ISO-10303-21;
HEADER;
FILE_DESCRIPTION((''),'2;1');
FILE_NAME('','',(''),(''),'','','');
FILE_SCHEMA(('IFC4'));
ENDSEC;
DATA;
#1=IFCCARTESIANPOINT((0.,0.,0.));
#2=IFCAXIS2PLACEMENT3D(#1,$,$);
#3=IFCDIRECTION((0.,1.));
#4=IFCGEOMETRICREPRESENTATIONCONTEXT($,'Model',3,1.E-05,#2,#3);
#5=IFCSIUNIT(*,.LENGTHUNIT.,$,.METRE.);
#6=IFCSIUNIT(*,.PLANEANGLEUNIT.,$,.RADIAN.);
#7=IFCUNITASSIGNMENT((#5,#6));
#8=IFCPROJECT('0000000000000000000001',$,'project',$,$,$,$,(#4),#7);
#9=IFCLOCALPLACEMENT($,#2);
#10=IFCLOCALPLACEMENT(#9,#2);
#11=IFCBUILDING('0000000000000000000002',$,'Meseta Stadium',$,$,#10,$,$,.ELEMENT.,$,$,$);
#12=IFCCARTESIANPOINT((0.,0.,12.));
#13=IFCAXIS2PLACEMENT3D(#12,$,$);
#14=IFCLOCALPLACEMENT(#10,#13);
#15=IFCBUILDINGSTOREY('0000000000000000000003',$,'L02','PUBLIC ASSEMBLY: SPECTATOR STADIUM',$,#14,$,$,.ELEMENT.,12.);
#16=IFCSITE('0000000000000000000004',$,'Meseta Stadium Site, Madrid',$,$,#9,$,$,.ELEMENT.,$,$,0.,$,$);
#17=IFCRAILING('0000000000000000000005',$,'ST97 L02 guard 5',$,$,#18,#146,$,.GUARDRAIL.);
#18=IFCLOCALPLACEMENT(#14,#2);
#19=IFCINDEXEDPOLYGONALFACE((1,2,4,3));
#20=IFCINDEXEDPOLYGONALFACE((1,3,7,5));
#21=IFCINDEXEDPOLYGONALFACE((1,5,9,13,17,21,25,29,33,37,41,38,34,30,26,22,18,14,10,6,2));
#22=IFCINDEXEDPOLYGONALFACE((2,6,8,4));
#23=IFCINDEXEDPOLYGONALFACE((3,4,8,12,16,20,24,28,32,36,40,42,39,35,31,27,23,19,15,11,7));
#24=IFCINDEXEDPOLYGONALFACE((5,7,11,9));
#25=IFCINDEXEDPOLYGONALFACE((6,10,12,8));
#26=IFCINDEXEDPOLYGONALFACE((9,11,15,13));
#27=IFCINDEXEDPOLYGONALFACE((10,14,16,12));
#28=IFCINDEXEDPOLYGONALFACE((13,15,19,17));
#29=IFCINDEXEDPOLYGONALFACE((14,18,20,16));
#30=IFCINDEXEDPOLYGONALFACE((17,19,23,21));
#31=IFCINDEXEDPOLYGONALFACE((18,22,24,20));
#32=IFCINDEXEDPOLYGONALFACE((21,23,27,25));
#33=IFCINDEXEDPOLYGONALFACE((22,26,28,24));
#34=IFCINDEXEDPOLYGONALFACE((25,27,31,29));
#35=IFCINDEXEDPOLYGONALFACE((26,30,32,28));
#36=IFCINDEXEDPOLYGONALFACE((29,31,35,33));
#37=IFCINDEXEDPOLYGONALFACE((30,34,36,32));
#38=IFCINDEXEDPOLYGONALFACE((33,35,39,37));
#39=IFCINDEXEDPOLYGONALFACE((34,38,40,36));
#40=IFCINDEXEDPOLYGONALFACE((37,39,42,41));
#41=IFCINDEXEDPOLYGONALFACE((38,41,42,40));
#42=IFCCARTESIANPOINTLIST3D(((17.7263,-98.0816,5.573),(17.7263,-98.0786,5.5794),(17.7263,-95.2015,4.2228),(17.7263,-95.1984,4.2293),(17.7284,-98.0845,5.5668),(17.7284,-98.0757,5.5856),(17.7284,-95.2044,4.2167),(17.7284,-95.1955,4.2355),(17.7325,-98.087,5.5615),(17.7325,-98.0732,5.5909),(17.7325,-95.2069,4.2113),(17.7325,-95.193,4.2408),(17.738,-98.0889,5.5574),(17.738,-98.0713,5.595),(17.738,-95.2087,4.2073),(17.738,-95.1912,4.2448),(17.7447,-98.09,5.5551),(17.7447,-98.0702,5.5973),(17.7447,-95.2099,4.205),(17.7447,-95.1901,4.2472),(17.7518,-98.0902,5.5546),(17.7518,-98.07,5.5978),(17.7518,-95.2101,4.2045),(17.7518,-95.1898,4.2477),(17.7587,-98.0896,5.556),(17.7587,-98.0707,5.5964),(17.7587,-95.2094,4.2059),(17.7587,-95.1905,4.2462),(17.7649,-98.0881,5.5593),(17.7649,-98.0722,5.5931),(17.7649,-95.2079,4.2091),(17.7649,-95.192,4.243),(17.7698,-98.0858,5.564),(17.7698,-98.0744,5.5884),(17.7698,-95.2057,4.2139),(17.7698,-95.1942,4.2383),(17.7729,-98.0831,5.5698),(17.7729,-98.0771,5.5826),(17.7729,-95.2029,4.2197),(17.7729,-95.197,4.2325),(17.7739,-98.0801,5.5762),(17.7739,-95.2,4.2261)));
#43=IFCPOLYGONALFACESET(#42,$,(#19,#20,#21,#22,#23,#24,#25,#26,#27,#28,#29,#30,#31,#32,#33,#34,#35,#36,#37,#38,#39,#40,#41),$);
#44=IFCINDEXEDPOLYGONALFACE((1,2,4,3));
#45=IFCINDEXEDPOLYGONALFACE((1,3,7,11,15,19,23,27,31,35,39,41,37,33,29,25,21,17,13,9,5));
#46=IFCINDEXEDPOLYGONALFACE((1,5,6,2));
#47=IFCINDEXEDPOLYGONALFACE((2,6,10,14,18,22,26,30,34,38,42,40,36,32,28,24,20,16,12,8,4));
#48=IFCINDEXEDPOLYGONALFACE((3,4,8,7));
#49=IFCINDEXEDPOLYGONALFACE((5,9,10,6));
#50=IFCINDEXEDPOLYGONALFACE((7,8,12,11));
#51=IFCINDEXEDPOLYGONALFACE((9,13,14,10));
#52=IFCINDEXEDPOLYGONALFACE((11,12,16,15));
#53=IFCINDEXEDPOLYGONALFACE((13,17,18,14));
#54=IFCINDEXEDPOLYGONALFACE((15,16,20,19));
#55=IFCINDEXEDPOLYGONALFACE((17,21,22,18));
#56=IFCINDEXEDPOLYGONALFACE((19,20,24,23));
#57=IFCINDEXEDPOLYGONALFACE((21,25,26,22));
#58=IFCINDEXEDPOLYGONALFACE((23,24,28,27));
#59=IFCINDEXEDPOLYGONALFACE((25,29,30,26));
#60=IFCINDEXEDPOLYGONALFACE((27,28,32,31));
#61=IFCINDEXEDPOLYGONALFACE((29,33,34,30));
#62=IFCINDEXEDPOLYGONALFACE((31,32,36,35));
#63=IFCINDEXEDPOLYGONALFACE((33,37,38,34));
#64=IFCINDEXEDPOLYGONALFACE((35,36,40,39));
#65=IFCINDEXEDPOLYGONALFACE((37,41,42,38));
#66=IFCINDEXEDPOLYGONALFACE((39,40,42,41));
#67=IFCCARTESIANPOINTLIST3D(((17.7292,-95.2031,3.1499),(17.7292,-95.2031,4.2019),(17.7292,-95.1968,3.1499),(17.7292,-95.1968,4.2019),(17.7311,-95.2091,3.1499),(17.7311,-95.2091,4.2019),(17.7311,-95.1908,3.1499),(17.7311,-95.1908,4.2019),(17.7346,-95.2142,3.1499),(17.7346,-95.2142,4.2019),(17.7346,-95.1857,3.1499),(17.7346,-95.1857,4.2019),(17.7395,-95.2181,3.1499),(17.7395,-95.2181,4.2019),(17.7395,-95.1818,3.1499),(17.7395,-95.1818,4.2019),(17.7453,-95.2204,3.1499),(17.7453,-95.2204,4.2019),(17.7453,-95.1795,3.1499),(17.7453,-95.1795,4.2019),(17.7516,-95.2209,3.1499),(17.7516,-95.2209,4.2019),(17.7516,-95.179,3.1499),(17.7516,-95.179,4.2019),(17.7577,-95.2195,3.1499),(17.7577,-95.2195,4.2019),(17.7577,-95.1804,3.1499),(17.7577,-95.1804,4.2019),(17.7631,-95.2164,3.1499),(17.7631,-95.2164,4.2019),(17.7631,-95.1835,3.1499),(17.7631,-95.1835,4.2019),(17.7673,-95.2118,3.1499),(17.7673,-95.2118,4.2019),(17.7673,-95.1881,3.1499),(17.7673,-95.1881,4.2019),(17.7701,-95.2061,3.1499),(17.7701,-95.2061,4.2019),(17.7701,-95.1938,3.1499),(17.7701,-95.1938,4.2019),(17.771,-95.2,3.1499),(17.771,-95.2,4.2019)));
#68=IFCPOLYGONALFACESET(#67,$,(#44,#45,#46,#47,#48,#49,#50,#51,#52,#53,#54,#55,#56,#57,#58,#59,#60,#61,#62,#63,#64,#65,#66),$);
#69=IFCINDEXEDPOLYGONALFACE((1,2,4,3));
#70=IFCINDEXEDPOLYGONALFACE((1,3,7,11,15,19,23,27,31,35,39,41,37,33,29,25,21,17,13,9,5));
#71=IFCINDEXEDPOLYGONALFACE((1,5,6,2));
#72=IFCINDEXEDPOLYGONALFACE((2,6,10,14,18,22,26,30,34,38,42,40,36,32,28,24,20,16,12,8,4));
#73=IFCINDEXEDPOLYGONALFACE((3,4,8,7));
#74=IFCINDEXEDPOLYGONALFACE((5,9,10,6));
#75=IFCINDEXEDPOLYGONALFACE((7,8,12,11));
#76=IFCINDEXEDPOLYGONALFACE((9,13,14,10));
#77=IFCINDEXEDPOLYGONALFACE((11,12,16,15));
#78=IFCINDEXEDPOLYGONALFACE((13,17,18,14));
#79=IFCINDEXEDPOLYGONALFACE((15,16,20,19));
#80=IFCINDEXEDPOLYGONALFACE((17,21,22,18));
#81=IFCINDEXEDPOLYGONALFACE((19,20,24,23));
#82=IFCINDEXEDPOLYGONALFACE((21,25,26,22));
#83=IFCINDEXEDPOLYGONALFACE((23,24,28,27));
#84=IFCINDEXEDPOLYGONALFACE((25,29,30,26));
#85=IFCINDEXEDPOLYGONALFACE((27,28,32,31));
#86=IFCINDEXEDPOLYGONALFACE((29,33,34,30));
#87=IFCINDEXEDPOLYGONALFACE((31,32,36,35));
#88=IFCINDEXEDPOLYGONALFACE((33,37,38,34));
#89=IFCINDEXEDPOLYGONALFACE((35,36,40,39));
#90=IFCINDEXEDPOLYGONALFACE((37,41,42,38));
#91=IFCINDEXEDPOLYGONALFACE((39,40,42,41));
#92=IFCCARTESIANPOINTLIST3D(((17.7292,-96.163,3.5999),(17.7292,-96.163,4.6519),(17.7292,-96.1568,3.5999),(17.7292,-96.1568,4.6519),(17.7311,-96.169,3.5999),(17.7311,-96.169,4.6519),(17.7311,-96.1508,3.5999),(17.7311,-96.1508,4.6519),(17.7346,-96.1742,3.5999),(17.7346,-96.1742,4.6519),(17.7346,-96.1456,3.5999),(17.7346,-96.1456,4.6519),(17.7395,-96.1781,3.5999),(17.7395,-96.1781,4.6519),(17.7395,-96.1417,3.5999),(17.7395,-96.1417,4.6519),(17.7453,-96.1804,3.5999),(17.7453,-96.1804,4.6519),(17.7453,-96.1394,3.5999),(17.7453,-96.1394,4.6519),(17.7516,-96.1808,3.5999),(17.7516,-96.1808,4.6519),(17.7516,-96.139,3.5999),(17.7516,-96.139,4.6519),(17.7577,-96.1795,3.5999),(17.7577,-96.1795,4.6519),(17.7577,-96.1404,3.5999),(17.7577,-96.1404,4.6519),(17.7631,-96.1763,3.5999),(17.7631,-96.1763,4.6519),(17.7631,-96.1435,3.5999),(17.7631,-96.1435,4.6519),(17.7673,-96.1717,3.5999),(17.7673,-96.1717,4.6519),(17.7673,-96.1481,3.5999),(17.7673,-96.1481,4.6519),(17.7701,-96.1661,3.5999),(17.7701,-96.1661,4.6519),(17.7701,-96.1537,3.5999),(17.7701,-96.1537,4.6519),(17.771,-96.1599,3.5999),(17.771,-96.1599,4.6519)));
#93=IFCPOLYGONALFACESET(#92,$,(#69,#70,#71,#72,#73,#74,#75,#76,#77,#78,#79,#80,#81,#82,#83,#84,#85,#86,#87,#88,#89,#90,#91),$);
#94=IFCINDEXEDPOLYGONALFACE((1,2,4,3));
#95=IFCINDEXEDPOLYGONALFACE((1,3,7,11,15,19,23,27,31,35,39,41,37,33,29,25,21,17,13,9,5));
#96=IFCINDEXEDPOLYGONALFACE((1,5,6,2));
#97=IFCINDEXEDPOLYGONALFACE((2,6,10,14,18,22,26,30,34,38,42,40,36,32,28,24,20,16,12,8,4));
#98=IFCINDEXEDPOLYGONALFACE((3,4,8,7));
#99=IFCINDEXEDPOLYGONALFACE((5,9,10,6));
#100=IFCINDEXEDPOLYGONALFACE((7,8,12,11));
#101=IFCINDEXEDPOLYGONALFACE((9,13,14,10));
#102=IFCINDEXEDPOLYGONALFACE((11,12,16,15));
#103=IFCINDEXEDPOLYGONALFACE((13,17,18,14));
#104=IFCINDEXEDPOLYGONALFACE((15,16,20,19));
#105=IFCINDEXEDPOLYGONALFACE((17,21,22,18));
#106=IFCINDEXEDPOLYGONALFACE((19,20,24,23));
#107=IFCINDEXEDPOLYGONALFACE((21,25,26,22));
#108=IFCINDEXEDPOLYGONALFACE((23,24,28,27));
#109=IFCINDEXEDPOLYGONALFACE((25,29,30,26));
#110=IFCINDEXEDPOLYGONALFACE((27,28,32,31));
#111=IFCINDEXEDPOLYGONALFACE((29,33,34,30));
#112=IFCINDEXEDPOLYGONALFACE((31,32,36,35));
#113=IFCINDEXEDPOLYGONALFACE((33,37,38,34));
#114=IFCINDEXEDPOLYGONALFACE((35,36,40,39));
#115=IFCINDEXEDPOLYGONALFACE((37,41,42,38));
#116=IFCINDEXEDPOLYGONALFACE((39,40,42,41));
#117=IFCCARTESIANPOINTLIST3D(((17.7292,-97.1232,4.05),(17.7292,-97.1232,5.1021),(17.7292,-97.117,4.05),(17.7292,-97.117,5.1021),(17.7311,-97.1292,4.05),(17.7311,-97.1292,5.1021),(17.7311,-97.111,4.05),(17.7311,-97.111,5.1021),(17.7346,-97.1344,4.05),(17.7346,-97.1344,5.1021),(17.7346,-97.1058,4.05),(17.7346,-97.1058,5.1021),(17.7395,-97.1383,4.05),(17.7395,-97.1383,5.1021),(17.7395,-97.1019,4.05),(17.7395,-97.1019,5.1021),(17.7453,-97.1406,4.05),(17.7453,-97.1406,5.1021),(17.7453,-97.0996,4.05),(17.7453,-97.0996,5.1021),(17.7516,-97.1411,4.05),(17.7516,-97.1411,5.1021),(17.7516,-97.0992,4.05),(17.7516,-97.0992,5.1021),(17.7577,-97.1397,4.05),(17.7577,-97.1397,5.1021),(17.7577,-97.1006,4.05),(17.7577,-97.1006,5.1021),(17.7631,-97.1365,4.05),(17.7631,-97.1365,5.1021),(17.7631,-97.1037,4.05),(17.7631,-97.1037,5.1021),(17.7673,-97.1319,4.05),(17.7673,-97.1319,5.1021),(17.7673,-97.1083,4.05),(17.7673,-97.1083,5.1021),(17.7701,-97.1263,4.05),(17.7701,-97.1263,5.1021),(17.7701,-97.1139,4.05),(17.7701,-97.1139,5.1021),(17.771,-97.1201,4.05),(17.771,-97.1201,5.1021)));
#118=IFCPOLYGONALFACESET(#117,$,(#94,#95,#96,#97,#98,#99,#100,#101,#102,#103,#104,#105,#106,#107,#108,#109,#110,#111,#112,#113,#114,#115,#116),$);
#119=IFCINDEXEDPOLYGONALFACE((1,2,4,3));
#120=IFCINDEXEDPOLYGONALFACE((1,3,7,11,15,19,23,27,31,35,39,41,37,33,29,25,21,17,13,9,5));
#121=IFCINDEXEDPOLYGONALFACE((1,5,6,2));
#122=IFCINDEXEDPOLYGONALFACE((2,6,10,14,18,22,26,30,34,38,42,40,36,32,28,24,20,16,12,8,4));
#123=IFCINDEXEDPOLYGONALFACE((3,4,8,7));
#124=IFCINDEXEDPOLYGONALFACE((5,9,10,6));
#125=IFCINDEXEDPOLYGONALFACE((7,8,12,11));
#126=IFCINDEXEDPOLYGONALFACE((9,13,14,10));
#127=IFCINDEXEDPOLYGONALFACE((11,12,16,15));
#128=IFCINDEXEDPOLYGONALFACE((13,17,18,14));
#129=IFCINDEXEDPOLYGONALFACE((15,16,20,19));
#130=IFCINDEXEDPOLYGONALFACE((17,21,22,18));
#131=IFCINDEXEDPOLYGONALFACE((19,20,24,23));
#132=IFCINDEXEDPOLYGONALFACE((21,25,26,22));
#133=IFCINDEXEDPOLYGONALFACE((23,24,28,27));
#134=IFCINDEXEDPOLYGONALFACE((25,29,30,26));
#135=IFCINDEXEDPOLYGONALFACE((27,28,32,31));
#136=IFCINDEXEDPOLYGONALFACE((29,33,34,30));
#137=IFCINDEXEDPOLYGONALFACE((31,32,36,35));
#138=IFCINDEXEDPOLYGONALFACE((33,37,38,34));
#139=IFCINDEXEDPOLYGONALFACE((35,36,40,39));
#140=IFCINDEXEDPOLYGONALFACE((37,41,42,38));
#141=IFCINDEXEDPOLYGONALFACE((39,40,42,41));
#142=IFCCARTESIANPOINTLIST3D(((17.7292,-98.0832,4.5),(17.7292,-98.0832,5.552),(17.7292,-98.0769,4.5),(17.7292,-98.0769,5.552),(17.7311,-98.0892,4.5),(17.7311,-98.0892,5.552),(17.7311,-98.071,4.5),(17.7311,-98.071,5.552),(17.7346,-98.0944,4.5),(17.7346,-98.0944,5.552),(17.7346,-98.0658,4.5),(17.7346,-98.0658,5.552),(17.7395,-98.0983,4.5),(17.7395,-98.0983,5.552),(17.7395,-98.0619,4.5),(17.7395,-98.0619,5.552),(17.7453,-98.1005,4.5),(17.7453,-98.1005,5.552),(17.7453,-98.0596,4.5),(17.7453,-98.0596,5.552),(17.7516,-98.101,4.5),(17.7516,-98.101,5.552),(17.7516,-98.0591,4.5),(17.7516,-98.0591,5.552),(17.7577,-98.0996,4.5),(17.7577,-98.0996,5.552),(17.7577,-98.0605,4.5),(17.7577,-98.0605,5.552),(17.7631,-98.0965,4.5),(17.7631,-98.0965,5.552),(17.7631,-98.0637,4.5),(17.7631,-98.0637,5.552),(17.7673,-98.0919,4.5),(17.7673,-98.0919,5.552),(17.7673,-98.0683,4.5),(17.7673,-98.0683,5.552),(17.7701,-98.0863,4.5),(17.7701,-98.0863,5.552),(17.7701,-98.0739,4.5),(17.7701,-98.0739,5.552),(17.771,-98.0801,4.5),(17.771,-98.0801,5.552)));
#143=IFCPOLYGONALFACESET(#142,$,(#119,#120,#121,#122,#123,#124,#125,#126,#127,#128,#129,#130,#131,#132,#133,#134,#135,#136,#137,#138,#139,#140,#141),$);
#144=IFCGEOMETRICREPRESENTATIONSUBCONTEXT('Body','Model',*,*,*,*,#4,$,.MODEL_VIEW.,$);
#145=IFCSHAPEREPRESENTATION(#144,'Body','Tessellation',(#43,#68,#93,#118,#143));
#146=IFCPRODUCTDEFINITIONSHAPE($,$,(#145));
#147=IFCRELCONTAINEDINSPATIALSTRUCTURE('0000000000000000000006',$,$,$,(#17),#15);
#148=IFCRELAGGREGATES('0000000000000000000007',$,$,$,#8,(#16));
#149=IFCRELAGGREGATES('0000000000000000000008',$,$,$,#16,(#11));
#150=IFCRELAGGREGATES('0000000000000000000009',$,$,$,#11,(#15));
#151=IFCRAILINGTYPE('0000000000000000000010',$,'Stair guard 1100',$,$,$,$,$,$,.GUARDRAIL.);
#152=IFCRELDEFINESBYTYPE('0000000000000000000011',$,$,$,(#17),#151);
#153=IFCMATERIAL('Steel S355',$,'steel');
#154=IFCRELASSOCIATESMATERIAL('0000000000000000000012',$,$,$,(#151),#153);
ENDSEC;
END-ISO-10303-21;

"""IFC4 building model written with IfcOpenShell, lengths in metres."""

from ifc_helpers import new_model, si_unit, direction, frame, origin, origin_2d, place, context, subcontext, project, spatial, circle, extrude, material, type_object, element, save


model = new_model("IFC4")

# Units and contexts
model_context = context("Model", 3, precision=1e-05, world=origin(), true_north=direction((0.0, 1.0)))
body_context = subcontext(model_context, "Body", "Model", "MODEL_VIEW")
ifc_project = project(units=[si_unit("LENGTHUNIT", "METRE"), si_unit("PLANEANGLEUNIT", "RADIAN")], contexts=[model_context])

# Site, building, storey
site_placement = place(None, origin())
site = spatial("IfcSite", under=ifc_project, at=site_placement, Name="Meseta Stadium Site, Madrid", CompositionType="ELEMENT", RefElevation=0.0)
building_placement = place(site_placement, origin())
building = spatial("IfcBuilding", under=site, at=building_placement, Name="Meseta Stadium", CompositionType="ELEMENT")
storey_placement = place(building_placement, frame((0.0, 0.0, 12.0)))
storey = spatial("IfcBuildingStorey", under=building, at=storey_placement, Name="L02", Description="PUBLIC ASSEMBLY: SPECTATOR STADIUM", CompositionType="ELEMENT", Elevation=12.0)

# Railing
ifc_material_1 = material(Name="Steel S355", Category="steel")
railing_type_1 = type_object("IfcRailingType", Name="Stair guard 1100", PredefinedType="GUARDRAIL", material=ifc_material_1)
railing_1_placement = place(storey_placement, frame((17.75, -95.2, 3.1499)))
element("IfcRailing", 1, at=railing_1_placement, inside=storey, type_object=railing_type_1, Name="ST97 L02 guard 5", PredefinedType="GUARDRAIL", context=body_context, shape_type="SweptSolid", body=[
    extrude(circle(Radius=0.0239, at=origin_2d()), frame((0.0, 0.0, 1.0762), z_axis=(0.0, -0.905454, 0.424444), x_axis=(1.0, 0.0, 0.0)), (0.0, 0.0, 1.0), 3.1809),
    extrude(circle(Radius=0.021, at=origin_2d()), origin(), (0.0, 0.0, 1.0), 1.052),
    extrude(circle(Radius=0.021, at=origin_2d()), frame((0.0, -0.96, 0.45)), (0.0, 0.0, 1.0), 1.052),
    extrude(circle(Radius=0.021, at=origin_2d()), frame((0.0, -1.9202, 0.9001)), (0.0, 0.0, 1.0), 1.052),
    extrude(circle(Radius=0.021, at=origin_2d()), frame((0.0, -2.8801, 1.3501)), (0.0, 0.0, 1.0), 1.052),
])

save(model, "model.ifc")
